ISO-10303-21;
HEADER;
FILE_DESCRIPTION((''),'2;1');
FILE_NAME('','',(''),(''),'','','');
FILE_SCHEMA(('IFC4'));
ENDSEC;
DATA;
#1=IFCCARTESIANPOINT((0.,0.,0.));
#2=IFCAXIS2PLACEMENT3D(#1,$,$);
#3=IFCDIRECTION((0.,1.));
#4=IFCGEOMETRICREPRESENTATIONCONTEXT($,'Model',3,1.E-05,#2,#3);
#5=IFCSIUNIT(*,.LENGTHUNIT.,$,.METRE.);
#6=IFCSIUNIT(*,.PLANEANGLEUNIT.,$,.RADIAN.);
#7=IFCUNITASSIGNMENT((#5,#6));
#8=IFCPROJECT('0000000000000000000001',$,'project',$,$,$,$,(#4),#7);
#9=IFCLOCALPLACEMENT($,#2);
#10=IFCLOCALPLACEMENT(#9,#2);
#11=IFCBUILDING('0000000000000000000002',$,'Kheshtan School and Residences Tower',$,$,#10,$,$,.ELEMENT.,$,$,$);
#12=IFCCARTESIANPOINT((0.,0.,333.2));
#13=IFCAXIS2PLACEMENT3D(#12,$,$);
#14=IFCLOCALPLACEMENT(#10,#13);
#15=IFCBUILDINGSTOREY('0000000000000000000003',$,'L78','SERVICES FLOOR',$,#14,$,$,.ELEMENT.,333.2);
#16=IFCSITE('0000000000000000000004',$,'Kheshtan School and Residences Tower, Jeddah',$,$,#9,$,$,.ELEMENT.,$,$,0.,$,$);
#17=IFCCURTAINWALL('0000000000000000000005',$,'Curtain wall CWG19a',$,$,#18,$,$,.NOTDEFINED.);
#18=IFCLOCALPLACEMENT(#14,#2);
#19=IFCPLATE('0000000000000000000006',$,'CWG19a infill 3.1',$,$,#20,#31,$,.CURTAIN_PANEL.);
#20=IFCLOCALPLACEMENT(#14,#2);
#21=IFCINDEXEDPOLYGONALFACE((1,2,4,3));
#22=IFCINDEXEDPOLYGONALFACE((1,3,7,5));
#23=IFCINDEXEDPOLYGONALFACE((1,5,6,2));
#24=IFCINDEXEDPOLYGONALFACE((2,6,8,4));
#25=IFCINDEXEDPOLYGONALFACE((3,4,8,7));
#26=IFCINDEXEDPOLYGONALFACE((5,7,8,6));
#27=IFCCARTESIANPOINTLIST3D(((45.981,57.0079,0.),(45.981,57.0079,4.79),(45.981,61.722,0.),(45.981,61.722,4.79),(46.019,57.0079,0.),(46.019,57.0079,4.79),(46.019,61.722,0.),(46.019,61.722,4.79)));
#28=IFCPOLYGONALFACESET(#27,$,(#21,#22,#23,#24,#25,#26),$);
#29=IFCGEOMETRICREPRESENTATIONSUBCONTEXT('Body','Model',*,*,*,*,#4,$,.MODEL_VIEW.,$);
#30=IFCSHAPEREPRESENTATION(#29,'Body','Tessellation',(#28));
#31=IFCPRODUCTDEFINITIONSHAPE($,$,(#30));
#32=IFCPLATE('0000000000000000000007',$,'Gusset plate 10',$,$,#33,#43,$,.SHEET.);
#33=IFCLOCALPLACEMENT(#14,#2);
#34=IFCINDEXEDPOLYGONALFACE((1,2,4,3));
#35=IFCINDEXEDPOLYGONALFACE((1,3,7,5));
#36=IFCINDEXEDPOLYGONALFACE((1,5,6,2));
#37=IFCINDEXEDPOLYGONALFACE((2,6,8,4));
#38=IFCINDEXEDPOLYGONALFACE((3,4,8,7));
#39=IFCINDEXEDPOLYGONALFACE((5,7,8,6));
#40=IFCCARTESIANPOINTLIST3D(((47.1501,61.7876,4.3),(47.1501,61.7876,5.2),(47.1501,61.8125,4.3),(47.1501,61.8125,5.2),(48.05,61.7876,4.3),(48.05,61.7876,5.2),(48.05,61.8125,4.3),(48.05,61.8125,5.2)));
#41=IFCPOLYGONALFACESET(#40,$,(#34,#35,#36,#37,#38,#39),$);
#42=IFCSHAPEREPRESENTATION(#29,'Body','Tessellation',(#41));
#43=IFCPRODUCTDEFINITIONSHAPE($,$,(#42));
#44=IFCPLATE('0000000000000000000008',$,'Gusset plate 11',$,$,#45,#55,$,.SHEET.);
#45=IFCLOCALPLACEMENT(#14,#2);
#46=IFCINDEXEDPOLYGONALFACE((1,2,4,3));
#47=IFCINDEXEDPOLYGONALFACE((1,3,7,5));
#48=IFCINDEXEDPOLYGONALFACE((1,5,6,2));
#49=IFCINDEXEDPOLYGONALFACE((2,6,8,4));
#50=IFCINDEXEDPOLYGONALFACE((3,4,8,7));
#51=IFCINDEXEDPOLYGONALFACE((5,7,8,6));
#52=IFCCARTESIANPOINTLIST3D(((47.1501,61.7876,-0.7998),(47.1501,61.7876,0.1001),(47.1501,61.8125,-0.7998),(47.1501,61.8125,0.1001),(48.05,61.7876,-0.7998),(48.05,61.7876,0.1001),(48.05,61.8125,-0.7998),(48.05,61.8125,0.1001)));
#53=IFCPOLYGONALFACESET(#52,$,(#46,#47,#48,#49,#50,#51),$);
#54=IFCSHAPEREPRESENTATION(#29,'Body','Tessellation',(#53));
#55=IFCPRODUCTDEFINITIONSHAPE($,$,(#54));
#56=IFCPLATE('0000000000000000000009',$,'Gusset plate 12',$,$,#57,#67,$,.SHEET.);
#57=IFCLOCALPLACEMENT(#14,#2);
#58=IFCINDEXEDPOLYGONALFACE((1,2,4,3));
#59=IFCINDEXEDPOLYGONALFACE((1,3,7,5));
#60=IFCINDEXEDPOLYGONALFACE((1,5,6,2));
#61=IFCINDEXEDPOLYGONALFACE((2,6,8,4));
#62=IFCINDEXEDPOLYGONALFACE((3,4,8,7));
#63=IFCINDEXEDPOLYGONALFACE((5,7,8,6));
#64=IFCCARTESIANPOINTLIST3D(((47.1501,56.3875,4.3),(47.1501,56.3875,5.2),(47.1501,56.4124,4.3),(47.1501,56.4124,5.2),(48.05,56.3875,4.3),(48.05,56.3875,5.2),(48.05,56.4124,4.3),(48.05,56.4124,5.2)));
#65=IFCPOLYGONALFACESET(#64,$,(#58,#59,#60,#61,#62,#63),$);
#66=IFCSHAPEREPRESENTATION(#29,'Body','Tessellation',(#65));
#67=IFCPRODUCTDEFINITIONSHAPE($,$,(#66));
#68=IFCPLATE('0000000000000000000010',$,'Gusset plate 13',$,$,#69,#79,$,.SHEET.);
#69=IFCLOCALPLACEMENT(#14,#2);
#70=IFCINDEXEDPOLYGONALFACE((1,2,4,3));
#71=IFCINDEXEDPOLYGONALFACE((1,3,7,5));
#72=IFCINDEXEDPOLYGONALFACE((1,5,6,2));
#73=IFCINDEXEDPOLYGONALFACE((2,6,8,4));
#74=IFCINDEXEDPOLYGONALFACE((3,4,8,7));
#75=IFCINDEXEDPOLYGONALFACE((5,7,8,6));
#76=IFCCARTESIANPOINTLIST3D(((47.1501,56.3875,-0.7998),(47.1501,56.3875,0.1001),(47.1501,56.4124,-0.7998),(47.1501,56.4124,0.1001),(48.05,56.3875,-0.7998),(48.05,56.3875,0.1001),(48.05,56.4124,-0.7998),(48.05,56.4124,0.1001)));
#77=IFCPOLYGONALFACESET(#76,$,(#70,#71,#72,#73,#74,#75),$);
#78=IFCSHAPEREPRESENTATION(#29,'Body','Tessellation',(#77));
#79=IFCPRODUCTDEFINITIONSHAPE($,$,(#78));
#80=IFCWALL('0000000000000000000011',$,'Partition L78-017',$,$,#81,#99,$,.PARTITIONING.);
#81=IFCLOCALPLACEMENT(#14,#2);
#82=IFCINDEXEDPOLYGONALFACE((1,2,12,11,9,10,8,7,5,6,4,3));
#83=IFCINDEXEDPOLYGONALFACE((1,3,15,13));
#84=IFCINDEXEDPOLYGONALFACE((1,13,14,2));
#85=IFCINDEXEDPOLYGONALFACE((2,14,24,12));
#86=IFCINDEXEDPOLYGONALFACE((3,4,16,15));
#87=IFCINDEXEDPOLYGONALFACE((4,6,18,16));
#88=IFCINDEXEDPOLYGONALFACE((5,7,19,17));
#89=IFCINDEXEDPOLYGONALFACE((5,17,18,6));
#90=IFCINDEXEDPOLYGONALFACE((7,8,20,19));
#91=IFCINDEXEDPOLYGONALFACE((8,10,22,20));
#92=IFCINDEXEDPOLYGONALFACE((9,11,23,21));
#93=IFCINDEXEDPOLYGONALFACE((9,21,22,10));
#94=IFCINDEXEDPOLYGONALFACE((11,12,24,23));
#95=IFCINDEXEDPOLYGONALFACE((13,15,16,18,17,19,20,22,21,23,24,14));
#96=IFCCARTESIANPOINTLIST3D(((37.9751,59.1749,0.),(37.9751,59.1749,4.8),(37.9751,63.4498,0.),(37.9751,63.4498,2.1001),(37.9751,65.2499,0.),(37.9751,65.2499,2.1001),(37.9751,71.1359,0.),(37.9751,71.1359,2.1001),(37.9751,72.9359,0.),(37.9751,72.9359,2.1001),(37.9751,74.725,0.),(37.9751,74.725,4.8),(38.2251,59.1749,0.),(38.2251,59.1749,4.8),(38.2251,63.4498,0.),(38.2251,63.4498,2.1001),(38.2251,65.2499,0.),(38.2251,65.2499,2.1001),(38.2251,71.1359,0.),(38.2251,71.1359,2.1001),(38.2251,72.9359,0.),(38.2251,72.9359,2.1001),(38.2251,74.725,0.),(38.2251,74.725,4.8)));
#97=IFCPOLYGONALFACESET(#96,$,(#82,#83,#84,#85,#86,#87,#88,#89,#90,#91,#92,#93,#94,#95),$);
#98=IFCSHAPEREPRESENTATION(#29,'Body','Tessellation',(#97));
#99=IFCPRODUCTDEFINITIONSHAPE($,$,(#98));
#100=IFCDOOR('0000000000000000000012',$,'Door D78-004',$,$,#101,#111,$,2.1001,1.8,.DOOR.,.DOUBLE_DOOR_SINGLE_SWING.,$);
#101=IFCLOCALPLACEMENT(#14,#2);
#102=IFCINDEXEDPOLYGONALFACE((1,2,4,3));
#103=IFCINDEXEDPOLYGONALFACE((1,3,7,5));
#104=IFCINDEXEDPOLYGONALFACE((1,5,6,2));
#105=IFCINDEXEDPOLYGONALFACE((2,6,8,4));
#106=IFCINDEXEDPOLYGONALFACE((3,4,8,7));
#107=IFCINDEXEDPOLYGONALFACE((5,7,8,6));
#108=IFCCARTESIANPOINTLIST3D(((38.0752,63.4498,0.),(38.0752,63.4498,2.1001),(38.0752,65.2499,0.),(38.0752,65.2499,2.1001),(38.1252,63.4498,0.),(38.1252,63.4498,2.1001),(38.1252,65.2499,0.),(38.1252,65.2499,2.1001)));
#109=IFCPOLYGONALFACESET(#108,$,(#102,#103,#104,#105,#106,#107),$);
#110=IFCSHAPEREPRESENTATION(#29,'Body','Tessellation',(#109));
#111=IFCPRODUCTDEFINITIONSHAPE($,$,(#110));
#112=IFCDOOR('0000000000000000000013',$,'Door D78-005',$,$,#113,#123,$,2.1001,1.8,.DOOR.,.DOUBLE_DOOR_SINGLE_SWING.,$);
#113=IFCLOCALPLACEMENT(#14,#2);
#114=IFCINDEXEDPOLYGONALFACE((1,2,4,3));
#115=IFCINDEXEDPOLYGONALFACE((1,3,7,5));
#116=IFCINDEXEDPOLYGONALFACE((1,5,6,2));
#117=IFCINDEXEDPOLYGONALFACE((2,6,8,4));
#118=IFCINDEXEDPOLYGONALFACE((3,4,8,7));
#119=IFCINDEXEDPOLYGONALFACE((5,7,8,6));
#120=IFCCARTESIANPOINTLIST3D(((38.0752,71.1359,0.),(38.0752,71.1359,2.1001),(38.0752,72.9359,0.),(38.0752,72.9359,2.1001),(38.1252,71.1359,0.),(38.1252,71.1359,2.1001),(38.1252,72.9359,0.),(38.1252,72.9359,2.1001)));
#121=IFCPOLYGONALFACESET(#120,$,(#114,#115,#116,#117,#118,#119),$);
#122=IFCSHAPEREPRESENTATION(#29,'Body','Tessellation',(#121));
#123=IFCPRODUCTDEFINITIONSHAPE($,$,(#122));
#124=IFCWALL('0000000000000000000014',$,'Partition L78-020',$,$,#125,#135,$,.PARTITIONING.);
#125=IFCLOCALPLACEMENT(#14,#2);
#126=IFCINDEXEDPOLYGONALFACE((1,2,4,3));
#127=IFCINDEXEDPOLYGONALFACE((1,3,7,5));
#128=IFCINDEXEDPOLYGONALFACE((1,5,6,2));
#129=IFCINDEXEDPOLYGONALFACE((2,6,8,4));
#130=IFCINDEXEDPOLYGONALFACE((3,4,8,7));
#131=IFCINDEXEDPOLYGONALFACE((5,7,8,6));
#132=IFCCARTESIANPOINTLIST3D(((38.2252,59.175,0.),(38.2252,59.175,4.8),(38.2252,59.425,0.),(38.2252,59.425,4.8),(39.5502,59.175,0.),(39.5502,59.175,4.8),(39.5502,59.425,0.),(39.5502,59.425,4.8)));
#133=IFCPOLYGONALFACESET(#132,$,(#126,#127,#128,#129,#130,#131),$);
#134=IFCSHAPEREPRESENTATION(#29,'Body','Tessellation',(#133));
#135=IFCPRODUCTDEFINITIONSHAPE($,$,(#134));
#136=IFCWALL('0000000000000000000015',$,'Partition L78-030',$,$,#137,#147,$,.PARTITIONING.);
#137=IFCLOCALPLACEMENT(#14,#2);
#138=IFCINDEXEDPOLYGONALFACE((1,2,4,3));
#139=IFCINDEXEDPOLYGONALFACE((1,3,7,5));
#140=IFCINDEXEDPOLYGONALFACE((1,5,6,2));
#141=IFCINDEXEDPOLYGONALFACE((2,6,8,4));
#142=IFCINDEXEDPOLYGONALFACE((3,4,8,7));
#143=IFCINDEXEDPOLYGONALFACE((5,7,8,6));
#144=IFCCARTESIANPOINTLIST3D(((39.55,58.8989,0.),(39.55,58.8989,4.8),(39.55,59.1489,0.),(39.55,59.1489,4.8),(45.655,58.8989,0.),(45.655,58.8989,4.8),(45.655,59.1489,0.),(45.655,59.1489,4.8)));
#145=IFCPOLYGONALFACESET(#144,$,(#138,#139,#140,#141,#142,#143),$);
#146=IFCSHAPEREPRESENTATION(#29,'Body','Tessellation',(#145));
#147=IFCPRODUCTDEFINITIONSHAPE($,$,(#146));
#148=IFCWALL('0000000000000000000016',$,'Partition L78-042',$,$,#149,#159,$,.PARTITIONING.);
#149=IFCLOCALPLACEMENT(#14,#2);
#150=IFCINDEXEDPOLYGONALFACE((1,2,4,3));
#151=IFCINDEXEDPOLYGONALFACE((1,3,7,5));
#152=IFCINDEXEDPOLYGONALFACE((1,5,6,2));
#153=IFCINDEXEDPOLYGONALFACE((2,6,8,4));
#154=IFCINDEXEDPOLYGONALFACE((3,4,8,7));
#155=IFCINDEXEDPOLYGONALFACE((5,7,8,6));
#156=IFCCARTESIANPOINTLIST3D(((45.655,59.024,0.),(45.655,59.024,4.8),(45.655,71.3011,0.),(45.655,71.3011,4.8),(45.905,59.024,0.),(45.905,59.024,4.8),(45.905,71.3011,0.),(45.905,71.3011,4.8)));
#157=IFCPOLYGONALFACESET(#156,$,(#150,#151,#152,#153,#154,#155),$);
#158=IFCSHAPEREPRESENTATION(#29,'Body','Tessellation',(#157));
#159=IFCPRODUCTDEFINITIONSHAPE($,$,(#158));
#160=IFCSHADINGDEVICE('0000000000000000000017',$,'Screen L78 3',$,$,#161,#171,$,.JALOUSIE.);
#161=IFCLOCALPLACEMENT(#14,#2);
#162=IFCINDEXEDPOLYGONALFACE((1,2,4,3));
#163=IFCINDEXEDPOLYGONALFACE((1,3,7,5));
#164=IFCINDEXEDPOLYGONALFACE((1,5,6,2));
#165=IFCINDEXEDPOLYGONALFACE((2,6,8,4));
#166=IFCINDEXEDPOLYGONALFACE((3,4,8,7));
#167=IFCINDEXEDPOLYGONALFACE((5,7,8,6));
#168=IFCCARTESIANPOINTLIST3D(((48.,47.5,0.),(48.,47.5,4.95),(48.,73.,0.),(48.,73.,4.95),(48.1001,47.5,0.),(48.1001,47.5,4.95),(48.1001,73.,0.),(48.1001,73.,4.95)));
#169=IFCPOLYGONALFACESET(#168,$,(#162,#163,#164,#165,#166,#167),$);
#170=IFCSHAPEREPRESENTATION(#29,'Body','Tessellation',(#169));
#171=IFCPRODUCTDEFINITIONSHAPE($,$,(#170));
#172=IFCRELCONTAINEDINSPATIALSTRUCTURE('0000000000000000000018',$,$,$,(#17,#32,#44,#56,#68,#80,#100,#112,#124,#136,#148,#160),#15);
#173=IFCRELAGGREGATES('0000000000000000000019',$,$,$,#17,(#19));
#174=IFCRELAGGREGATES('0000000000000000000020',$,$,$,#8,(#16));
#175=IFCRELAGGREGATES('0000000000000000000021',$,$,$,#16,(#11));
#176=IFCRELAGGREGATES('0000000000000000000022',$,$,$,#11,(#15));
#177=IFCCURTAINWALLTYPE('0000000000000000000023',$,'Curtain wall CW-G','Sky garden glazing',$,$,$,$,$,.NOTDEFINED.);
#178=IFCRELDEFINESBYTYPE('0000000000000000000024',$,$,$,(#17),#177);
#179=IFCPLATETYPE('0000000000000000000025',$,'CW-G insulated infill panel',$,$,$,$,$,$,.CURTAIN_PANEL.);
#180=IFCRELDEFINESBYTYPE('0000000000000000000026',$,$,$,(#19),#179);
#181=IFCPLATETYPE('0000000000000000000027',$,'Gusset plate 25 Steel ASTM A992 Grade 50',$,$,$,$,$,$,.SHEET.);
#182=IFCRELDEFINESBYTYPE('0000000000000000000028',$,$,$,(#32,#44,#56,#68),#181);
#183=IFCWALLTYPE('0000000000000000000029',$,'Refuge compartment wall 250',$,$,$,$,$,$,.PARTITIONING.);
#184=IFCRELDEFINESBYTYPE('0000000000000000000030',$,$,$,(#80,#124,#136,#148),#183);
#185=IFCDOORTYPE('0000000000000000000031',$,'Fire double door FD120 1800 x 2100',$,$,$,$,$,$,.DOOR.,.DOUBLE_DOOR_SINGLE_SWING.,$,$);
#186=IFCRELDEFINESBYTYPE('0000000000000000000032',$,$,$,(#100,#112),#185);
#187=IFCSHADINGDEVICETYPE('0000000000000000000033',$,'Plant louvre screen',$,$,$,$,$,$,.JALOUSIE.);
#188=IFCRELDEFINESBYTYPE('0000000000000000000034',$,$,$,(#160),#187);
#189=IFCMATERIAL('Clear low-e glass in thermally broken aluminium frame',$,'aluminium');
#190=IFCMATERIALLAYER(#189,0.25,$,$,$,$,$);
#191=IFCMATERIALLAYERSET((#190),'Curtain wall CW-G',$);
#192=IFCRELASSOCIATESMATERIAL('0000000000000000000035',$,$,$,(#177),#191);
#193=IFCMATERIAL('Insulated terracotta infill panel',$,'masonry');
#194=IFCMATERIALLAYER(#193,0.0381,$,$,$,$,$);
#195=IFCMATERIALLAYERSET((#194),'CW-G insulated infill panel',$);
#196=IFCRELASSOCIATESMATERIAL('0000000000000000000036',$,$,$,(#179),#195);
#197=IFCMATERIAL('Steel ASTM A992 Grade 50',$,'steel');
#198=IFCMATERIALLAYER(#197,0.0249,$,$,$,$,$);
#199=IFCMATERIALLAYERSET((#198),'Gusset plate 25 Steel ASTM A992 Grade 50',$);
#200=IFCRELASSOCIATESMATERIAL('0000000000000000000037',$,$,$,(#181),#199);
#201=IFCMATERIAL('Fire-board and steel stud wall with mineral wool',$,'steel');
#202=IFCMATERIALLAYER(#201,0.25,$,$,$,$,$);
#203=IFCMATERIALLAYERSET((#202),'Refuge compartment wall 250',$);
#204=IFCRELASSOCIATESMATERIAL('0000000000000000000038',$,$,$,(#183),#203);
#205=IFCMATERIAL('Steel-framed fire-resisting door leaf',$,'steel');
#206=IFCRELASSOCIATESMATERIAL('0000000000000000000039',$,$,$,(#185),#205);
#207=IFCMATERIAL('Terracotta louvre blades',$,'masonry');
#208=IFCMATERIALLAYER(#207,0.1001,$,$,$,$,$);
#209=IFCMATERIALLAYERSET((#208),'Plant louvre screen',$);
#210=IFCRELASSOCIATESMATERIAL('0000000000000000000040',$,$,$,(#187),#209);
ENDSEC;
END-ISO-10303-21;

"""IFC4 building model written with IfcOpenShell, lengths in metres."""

from ifc_helpers import new_model, si_unit, direction, frame, frame_2d, origin, origin_2d, place, context, subcontext, project, spatial, rectangle, extrude, source, transform, mapped, material, layer, layer_set, type_object, element, fill, aggregate, save


model = new_model("IFC4")

# Units and contexts
model_context = context("Model", 3, precision=1e-05, world=origin(), true_north=direction((0.0, 1.0)))
body_context = subcontext(model_context, "Body", "Model", "MODEL_VIEW")
ifc_project = project(units=[si_unit("LENGTHUNIT", "METRE"), si_unit("PLANEANGLEUNIT", "RADIAN")], contexts=[model_context])

# Site, building, storey
site_placement = place(None, origin())
site = spatial("IfcSite", under=ifc_project, at=site_placement, Name="Kheshtan School and Residences Tower, Jeddah", CompositionType="ELEMENT", RefElevation=0.0)
building_placement = place(site_placement, origin())
building = spatial("IfcBuilding", under=site, at=building_placement, Name="Kheshtan School and Residences Tower", CompositionType="ELEMENT")
storey_placement = place(building_placement, frame((0.0, 0.0, 333.2)))
storey = spatial("IfcBuildingStorey", under=building, at=storey_placement, Name="L78", Description="SERVICES FLOOR", CompositionType="ELEMENT", Elevation=333.2)

# Shared definitions
ifc_material_1 = material(Name="Steel ASTM A992 Grade 50", Category="steel")

# Curtain wall
ifc_material_2 = material(Name="Clear low-e glass in thermally broken aluminium frame", Category="aluminium")
ifc_layer_1 = layer(ifc_material_2, 0.25)
ifc_layer_set_1 = layer_set([ifc_layer_1], Name="Curtain wall CW-G")
curtain_wall_type = type_object("IfcCurtainWallType", Name="Curtain wall CW-G", Description="Sky garden glazing", PredefinedType="NOTDEFINED", material=ifc_layer_set_1)
curtain_wall_placement = place(storey_placement, origin())
curtain_wall = element("IfcCurtainWall", 1, at=curtain_wall_placement, inside=storey, type_object=curtain_wall_type, Name="Curtain wall CWG19a", PredefinedType="NOTDEFINED")

# Plate
ifc_material_3 = material(Name="Insulated terracotta infill panel", Category="masonry")
ifc_layer_2 = layer(ifc_material_3, 0.0381)
ifc_layer_set_2 = layer_set([ifc_layer_2], Name="CW-G insulated infill panel")
plate_type_1 = type_object("IfcPlateType", Name="CW-G insulated infill panel", PredefinedType="CURTAIN_PANEL", material=ifc_layer_set_2)
plate_1_placement = place(storey_placement, frame((46.0, 59.365, 0.0), z_axis=(0.0, 0.0, 1.0), x_axis=(0.0, -1.0, 0.0)))
plate_1 = element("IfcPlate", 2, at=plate_1_placement, type_object=plate_type_1, Name="CWG19a infill 3.1", PredefinedType="CURTAIN_PANEL", context=body_context, shape_type="SweptSolid", body=[
    extrude(rectangle(XDim=4.7141, YDim=0.0381, at=origin_2d()), origin(), (0.0, 0.0, 1.0), 4.79),
])
aggregate(curtain_wall, [plate_1])

# Plates
ifc_layer_3 = layer(ifc_material_1, 0.0249)
ifc_layer_set_3 = layer_set([ifc_layer_3], Name="Gusset plate 25 Steel ASTM A992 Grade 50")
plate_type_2 = type_object("IfcPlateType", Name="Gusset plate 25 Steel ASTM A992 Grade 50", PredefinedType="SHEET", material=ifc_layer_set_3)
for number, where, z_axis, x_axis, name in (
    (3, (47.6001, 61.8, 4.3), (0.0, 0.0, 1.0), (1.0, 0.0, 0.0), "Gusset plate 10"),
    (4, (47.6001, 61.8, -0.7998), (0.0, 0.0, 1.0), (1.0, 0.0, 0.0), "Gusset plate 11"),
    (5, (47.6001, 56.3999, 4.3), (0.0, 0.0, 1.0), (1.0, 0.0, 0.0), "Gusset plate 12"),
    (6, (47.6001, 56.3999, -0.7998), (0.0, 0.0, 1.0), (1.0, 0.0, 0.0), "Gusset plate 13"),
):
    element("IfcPlate", number, at=place(storey_placement, frame(where, z_axis=z_axis, x_axis=x_axis)), inside=storey, type_object=plate_type_2, Name=name, PredefinedType="SHEET", context=body_context, shape_type="SweptSolid", body=[
        extrude(rectangle(XDim=0.8999, YDim=0.0249, at=origin_2d()), origin(), (0.0, 0.0, 1.0), 0.8999),
    ])

# Wall, openings, doors
ifc_material_4 = material(Name="Fire-board and steel stud wall with mineral wool", Category="steel")
ifc_layer_4 = layer(ifc_material_4, 0.25)
ifc_layer_set_4 = layer_set([ifc_layer_4], Name="Refuge compartment wall 250")
wall_type = type_object("IfcWallType", Name="Refuge compartment wall 250", PredefinedType="PARTITIONING", material=ifc_layer_set_4)
wall_1_placement = place(storey_placement, frame((38.1001, 59.175, 0.0), z_axis=(0.0, 0.0, 1.0), x_axis=(0.0, 1.0, 0.0)))
wall_1 = element("IfcWall", 7, at=wall_1_placement, inside=storey, type_object=wall_type, Name="Partition L78-017", PredefinedType="PARTITIONING", context=body_context, shape_type="SweptSolid", body=[
    extrude(rectangle(XDim=15.55, YDim=0.25, at=frame_2d((7.7749, 0.0))), origin(), (0.0, 0.0, 1.0), 4.8),
])
opening_1_placement = place(wall_1_placement, frame((4.2749, 0.0, 0.0)))
opening_1 = element("IfcOpeningElement", 8, at=opening_1_placement, cuts=wall_1, PredefinedType="OPENING", context=body_context, shape_type="SweptSolid", body=[
    extrude(rectangle(XDim=1.8, YDim=2.1001, at=frame_2d((0.8999, 1.05))), frame((0.0, 0.135, 0.0), z_axis=(0.0, -1.0, 0.0), x_axis=(1.0, 0.0, 0.0)), (0.0, 0.0, 1.0), 0.27),
])
opening_2_placement = place(wall_1_placement, frame((11.9609, 0.0, 0.0)))
opening_2 = element("IfcOpeningElement", 9, at=opening_2_placement, cuts=wall_1, PredefinedType="OPENING", context=body_context, shape_type="SweptSolid", body=[
    extrude(rectangle(XDim=1.8, YDim=2.1001, at=frame_2d((0.8999, 1.05))), frame((0.0, 0.135, 0.0), z_axis=(0.0, -1.0, 0.0), x_axis=(1.0, 0.0, 0.0)), (0.0, 0.0, 1.0), 0.27),
])
ifc_material_5 = material(Name="Steel-framed fire-resisting door leaf", Category="steel")
door_type = type_object("IfcDoorType", Name="Fire double door FD120 1800 x 2100", OperationType="DOUBLE_DOOR_SINGLE_SWING", PredefinedType="DOOR", material=ifc_material_5)
shared_shape = source(origin(), body_context, "Body", "SweptSolid", [
    extrude(rectangle(XDim=1.8, YDim=2.1001, at=frame_2d((0.8999, 1.05))), frame((0.0, 0.0249, 0.0), z_axis=(0.0, -1.0, 0.0), x_axis=(1.0, 0.0, 0.0)), (0.0, 0.0, 1.0), 0.05),
])
door_1_placement = place(opening_1_placement, origin())
door_1 = element("IfcDoor", 10, at=door_1_placement, inside=storey, type_object=door_type, Name="Door D78-004", OperationType="DOUBLE_DOOR_SINGLE_SWING", OverallHeight=2.1001, OverallWidth=1.8, PredefinedType="DOOR", context=body_context, shape_type="MappedRepresentation", body=[
    mapped(shared_shape, transform((0.0, 0.0, 0.0), x_axis=(1.0, 0.0, 0.0), y_axis=(0.0, 1.0, 0.0), z_axis=(0.0, 0.0, 1.0), scale=1.0)),
])
fill(opening_1, door_1)
door_2_placement = place(opening_2_placement, origin())
door_2 = element("IfcDoor", 11, at=door_2_placement, inside=storey, type_object=door_type, Name="Door D78-005", OperationType="DOUBLE_DOOR_SINGLE_SWING", OverallHeight=2.1001, OverallWidth=1.8, PredefinedType="DOOR", context=body_context, shape_type="MappedRepresentation", body=[
    mapped(shared_shape, transform((0.0, 0.0, 0.0), x_axis=(1.0, 0.0, 0.0), y_axis=(0.0, 1.0, 0.0), z_axis=(0.0, 0.0, 1.0), scale=1.0)),
])
fill(opening_2, door_2)

# Walls
wall_2_placement = place(storey_placement, frame((38.2251, 59.3, 0.0), z_axis=(0.0, 0.0, 1.0), x_axis=(1.0, 0.0, 0.0)))
element("IfcWall", 12, at=wall_2_placement, inside=storey, type_object=wall_type, Name="Partition L78-020", PredefinedType="PARTITIONING", context=body_context, shape_type="SweptSolid", body=[
    extrude(rectangle(XDim=1.325, YDim=0.25, at=frame_2d((0.6626, 0.0))), origin(), (0.0, 0.0, 1.0), 4.8),
])
wall_3_placement = place(storey_placement, frame((39.55, 59.0239, 0.0), z_axis=(0.0, 0.0, 1.0), x_axis=(1.0, 0.0, 0.0)))
element("IfcWall", 13, at=wall_3_placement, inside=storey, type_object=wall_type, Name="Partition L78-030", PredefinedType="PARTITIONING", context=body_context, shape_type="SweptSolid", body=[
    extrude(rectangle(XDim=6.105, YDim=0.25, at=frame_2d((3.0525, 0.0))), origin(), (0.0, 0.0, 1.0), 4.8),
])
wall_4_placement = place(storey_placement, frame((45.78, 59.0239, 0.0), z_axis=(0.0, 0.0, 1.0), x_axis=(0.0, 1.0, 0.0)))
element("IfcWall", 14, at=wall_4_placement, inside=storey, type_object=wall_type, Name="Partition L78-042", PredefinedType="PARTITIONING", context=body_context, shape_type="SweptSolid", body=[
    extrude(rectangle(XDim=12.2771, YDim=0.25, at=frame_2d((6.1387, 0.0))), origin(), (0.0, 0.0, 1.0), 4.8),
])

# Shading device
ifc_material_6 = material(Name="Terracotta louvre blades", Category="masonry")
ifc_layer_5 = layer(ifc_material_6, 0.1001)
ifc_layer_set_5 = layer_set([ifc_layer_5], Name="Plant louvre screen")
shading_device_type = type_object("IfcShadingDeviceType", Name="Plant louvre screen", PredefinedType="JALOUSIE", material=ifc_layer_set_5)
shading_device_placement = place(storey_placement, frame((48.05, 60.25, 0.0), z_axis=(0.0, 0.0, 1.0), x_axis=(0.0, -1.0, 0.0)))
element("IfcShadingDevice", 15, at=shading_device_placement, inside=storey, type_object=shading_device_type, Name="Screen L78 3", PredefinedType="JALOUSIE", context=body_context, shape_type="SweptSolid", body=[
    extrude(rectangle(XDim=25.5, YDim=0.1001, at=origin_2d()), origin(), (0.0, 0.0, 1.0), 4.95),
])

save(model, "model.ifc")
